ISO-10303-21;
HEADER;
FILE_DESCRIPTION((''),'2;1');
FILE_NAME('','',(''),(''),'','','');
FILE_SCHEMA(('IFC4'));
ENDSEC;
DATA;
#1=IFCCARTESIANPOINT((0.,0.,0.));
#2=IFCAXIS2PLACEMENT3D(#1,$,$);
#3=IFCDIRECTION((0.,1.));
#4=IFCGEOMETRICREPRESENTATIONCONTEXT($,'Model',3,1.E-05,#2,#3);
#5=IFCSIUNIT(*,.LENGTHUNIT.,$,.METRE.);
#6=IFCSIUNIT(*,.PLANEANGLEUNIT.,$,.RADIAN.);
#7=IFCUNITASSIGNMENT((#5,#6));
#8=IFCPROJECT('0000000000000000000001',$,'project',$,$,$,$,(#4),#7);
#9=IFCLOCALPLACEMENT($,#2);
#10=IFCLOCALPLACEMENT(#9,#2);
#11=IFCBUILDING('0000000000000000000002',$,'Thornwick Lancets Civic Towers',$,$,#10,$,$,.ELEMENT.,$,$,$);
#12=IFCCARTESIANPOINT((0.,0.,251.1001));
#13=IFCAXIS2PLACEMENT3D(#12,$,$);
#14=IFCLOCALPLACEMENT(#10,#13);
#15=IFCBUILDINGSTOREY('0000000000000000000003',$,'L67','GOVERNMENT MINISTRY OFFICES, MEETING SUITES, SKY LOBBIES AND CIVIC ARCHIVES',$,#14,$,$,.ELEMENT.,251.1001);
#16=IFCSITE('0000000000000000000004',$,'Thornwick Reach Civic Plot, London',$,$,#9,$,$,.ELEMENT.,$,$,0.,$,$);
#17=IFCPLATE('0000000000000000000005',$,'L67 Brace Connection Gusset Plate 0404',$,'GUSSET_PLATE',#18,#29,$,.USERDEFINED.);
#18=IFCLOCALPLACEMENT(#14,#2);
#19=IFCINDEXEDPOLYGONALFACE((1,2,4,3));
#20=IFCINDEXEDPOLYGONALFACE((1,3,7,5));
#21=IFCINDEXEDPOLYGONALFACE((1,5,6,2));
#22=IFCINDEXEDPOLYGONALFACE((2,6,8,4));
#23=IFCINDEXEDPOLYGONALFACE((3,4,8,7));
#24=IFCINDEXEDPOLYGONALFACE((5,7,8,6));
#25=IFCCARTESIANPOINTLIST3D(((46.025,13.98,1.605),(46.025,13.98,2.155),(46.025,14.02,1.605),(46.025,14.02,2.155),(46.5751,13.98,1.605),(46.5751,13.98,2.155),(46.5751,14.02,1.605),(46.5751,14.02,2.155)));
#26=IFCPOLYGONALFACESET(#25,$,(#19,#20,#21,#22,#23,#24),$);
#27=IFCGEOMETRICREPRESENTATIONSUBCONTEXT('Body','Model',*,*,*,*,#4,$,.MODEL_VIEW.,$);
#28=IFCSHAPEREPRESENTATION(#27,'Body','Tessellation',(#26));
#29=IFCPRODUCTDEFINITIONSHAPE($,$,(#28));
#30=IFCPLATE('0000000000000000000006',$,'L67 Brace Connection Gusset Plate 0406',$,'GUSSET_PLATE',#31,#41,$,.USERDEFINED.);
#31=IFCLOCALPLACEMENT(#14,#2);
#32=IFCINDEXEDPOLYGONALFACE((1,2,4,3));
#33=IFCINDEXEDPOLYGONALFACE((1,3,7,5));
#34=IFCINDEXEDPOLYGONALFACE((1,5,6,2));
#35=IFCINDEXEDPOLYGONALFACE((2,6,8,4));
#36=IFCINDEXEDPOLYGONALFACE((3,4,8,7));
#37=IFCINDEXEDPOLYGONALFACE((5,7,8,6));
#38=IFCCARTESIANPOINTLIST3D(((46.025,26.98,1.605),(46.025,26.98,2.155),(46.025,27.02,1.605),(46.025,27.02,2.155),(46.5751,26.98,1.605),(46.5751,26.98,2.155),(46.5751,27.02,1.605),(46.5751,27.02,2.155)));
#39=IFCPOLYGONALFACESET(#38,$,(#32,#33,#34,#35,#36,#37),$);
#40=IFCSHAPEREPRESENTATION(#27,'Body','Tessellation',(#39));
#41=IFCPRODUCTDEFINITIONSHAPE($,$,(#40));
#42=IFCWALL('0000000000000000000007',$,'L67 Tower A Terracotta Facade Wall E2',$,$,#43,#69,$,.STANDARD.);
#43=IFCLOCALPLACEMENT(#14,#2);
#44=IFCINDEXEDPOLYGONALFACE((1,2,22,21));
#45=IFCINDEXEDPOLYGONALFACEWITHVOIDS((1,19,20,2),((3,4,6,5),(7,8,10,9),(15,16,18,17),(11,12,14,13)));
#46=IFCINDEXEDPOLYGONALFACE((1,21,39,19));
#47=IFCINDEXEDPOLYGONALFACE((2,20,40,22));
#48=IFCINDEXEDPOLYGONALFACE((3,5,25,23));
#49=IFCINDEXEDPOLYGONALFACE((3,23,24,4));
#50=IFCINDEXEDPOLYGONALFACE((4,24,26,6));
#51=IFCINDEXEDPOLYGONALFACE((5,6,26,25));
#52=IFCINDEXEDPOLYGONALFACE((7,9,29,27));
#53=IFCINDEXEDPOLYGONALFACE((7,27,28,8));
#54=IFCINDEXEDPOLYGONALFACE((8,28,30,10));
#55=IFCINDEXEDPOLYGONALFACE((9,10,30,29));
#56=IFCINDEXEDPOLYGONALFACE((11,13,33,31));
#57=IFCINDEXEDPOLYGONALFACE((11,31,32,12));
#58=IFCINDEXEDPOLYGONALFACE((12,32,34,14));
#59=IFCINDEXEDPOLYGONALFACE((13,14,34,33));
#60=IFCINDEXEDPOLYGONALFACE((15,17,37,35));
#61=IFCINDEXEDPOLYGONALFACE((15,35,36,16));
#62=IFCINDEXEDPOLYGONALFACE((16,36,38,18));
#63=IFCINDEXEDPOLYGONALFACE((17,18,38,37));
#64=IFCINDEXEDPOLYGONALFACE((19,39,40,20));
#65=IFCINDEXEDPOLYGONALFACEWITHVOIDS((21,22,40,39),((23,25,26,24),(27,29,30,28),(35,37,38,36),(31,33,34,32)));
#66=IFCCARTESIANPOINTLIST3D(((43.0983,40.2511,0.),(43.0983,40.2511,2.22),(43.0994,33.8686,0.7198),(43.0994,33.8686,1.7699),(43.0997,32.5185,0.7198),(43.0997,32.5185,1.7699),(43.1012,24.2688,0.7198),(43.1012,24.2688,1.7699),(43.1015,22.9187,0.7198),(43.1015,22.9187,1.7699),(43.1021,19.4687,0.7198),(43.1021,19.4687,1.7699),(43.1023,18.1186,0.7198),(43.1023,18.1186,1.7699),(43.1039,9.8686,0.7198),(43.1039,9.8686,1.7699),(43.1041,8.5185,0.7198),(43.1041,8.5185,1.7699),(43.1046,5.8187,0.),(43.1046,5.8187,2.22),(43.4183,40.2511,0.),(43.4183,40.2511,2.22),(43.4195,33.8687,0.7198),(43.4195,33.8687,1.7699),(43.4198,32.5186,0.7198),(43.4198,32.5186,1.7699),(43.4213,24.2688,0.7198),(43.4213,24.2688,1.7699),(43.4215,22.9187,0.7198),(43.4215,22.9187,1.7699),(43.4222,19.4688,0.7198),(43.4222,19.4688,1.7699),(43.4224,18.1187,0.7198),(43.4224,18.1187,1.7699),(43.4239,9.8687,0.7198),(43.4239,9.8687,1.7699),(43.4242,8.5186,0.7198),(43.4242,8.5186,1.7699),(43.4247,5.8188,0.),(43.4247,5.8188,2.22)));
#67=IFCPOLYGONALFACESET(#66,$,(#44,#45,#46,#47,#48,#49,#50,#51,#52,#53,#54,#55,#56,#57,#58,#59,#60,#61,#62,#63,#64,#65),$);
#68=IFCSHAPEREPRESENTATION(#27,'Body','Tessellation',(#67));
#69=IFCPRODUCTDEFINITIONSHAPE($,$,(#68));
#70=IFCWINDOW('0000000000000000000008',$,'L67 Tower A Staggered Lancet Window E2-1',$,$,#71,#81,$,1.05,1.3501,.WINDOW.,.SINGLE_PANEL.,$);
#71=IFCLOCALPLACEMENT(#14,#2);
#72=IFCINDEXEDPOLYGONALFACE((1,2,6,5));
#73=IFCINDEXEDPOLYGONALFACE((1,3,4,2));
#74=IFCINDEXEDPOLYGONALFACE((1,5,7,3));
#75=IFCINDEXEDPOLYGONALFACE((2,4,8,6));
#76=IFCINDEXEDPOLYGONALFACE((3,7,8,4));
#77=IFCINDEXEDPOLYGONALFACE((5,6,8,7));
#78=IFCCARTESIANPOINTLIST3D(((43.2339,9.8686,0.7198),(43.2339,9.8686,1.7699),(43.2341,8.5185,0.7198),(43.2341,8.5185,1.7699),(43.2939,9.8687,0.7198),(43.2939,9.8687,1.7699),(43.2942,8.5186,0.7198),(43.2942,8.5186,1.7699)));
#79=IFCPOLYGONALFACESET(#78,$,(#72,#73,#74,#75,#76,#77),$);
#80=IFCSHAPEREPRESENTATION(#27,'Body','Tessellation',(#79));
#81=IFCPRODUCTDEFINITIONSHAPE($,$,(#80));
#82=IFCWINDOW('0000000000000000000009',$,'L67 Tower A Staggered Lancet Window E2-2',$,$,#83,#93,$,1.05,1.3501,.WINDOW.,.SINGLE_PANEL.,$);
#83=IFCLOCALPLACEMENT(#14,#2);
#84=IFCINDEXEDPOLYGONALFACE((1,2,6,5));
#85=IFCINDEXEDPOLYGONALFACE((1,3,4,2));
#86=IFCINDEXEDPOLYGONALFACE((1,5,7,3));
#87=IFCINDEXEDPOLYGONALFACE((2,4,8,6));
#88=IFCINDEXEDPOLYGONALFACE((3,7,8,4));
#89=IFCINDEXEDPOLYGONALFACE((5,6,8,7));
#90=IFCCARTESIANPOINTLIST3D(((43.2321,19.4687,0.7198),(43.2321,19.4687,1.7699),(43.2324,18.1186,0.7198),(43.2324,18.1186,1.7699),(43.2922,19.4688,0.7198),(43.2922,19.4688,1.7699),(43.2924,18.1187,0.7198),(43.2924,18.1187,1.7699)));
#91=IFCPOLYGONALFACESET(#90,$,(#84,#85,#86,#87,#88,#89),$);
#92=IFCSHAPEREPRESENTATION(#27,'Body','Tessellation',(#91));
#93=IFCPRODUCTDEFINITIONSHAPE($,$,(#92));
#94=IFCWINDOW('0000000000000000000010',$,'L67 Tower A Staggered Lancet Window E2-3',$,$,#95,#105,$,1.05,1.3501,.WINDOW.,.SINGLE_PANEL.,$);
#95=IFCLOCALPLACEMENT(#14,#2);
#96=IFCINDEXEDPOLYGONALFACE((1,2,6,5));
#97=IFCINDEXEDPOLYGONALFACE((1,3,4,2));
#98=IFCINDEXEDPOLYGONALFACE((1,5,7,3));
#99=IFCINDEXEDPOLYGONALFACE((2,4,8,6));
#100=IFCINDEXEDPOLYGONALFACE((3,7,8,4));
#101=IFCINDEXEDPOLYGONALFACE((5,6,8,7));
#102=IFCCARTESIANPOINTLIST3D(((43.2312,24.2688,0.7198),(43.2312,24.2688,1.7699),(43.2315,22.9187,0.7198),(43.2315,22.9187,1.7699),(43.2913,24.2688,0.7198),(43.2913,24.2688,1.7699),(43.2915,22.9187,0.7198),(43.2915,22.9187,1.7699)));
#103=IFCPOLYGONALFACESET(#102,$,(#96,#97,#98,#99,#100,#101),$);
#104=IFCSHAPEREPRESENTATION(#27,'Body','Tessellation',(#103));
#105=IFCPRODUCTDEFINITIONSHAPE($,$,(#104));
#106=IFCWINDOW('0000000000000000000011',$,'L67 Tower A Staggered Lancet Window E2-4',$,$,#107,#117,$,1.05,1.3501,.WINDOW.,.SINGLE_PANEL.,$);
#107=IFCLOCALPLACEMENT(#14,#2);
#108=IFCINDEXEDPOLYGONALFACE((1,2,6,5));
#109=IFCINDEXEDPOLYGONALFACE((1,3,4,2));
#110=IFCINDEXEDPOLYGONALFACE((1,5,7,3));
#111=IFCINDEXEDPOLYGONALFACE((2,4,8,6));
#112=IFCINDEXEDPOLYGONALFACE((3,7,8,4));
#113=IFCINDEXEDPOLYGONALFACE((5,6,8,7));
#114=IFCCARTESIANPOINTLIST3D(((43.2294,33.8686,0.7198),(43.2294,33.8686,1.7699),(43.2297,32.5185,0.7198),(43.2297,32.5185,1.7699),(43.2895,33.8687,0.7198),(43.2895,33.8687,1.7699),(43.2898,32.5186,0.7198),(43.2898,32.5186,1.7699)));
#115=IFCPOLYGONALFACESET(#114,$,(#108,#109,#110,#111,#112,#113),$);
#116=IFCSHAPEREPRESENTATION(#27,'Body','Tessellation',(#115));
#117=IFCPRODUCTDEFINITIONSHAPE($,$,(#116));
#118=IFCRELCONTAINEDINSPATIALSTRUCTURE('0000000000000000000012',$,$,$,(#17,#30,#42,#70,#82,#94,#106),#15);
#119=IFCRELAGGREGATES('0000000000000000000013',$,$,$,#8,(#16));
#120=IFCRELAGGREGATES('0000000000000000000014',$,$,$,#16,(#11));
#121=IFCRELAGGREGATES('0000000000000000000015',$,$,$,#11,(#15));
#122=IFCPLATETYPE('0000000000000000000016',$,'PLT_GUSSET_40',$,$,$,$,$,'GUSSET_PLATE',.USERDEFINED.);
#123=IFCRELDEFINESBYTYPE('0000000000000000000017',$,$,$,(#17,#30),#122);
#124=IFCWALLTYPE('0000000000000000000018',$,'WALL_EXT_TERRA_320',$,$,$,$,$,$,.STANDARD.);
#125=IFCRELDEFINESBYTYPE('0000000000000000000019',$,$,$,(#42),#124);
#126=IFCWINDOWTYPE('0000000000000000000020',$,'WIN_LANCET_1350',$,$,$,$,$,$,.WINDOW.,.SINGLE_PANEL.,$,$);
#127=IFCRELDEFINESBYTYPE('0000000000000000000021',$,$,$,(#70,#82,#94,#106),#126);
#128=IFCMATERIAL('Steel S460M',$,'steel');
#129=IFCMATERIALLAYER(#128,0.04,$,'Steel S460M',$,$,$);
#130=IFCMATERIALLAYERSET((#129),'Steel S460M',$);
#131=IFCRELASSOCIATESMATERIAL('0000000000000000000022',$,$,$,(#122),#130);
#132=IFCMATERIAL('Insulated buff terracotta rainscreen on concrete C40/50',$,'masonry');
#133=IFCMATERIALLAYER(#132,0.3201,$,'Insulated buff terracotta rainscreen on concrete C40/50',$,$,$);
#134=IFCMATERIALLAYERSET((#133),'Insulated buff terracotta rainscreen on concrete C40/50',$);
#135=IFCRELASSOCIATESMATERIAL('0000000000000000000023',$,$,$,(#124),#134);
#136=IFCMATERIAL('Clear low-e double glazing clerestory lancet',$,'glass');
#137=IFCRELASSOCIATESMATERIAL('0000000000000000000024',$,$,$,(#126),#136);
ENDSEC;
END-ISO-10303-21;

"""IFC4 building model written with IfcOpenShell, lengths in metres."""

from ifc_helpers import new_model, si_unit, direction, frame, frame_2d, origin, origin_2d, place, context, subcontext, project, spatial, rectangle, extrude, material, layer, layer_set, type_object, element, fill, save


model = new_model("IFC4")

# Units and contexts
model_context = context("Model", 3, precision=1e-05, world=origin(), true_north=direction((0.0, 1.0)))
body_context = subcontext(model_context, "Body", "Model", "MODEL_VIEW")
ifc_project = project(units=[si_unit("LENGTHUNIT", "METRE"), si_unit("PLANEANGLEUNIT", "RADIAN")], contexts=[model_context])

# Site, building, storey
site_placement = place(None, origin())
site = spatial("IfcSite", under=ifc_project, at=site_placement, Name="Thornwick Reach Civic Plot, London", CompositionType="ELEMENT", RefElevation=0.0)
building_placement = place(site_placement, origin())
building = spatial("IfcBuilding", under=site, at=building_placement, Name="Thornwick Lancets Civic Towers", CompositionType="ELEMENT")
storey_placement = place(building_placement, frame((0.0, 0.0, 251.1001)))
storey = spatial("IfcBuildingStorey", under=building, at=storey_placement, Name="L67", Description="GOVERNMENT MINISTRY OFFICES, MEETING SUITES, SKY LOBBIES AND CIVIC ARCHIVES", CompositionType="ELEMENT", Elevation=251.1001)

# Plates
ifc_material_1 = material(Name="Steel S460M", Category="steel")
ifc_layer_1 = layer(ifc_material_1, 0.04, Name="Steel S460M")
ifc_layer_set_1 = layer_set([ifc_layer_1], Name="Steel S460M")
plate_type_1 = type_object("IfcPlateType", Name="PLT_GUSSET_40", ElementType="GUSSET_PLATE", PredefinedType="USERDEFINED", material=ifc_layer_set_1)
for number, where, z_axis, x_axis, name in (
    (1, (46.3, 14.0, 1.605), (0.0, 0.0, 1.0), (1.0, 0.0, 0.0), "L67 Brace Connection Gusset Plate 0404"),
    (2, (46.3, 27.0, 1.605), (0.0, 0.0, 1.0), (1.0, 0.0, 0.0), "L67 Brace Connection Gusset Plate 0406"),
):
    element("IfcPlate", number, at=place(storey_placement, frame(where, z_axis=z_axis, x_axis=x_axis)), inside=storey, type_object=plate_type_1, Name=name, ObjectType="GUSSET_PLATE", PredefinedType="USERDEFINED", context=body_context, shape_type="SweptSolid", body=[
        extrude(rectangle(XDim=0.55, YDim=0.04, at=origin_2d()), origin(), (0.0, 0.0, 1.0), 0.55),
    ])

# Wall, openings, windows
ifc_material_2 = material(Name="Insulated buff terracotta rainscreen on concrete C40/50", Category="masonry")
ifc_layer_2 = layer(ifc_material_2, 0.3201, Name="Insulated buff terracotta rainscreen on concrete C40/50")
ifc_layer_set_2 = layer_set([ifc_layer_2], Name="Insulated buff terracotta rainscreen on concrete C40/50")
wall_type_1 = type_object("IfcWallType", Name="WALL_EXT_TERRA_320", PredefinedType="STANDARD", material=ifc_layer_set_2)
wall_1_placement = place(storey_placement, frame((43.2646, 5.8186, 0.0), z_axis=(0.0, 0.0, 1.0), x_axis=(-0.000184, 1.0, 0.0)))
wall_1 = element("IfcWall", 3, at=wall_1_placement, inside=storey, type_object=wall_type_1, Name="L67 Tower A Terracotta Facade Wall E2", PredefinedType="STANDARD", context=body_context, shape_type="SweptSolid", body=[
    extrude(rectangle(XDim=34.4324, YDim=0.3201, at=frame_2d((17.2163, 0.0))), origin(), (0.0, 0.0, 1.0), 2.22),
])
opening_1_placement = place(wall_1_placement, frame((2.7, 0.0, 0.72)))
opening_1 = element("IfcOpeningElement", 4, at=opening_1_placement, cuts=wall_1, PredefinedType="OPENING", context=body_context, shape_type="SweptSolid", body=[
    extrude(rectangle(XDim=1.3501, YDim=1.05, at=frame_2d((0.675, 0.5249))), frame((0.0, 0.1699, 0.0), z_axis=(0.0, -1.0, 0.0), x_axis=(1.0, 0.0, 0.0)), (0.0, 0.0, 1.0), 0.3401),
])
opening_2_placement = place(wall_1_placement, frame((12.3, 0.0, 0.72)))
opening_2 = element("IfcOpeningElement", 5, at=opening_2_placement, cuts=wall_1, PredefinedType="OPENING", context=body_context, shape_type="SweptSolid", body=[
    extrude(rectangle(XDim=1.3501, YDim=1.05, at=frame_2d((0.675, 0.5249))), frame((0.0, 0.1699, 0.0), z_axis=(0.0, -1.0, 0.0), x_axis=(1.0, 0.0, 0.0)), (0.0, 0.0, 1.0), 0.3401),
])
opening_3_placement = place(wall_1_placement, frame((17.1001, 0.0, 0.72)))
opening_3 = element("IfcOpeningElement", 6, at=opening_3_placement, cuts=wall_1, PredefinedType="OPENING", context=body_context, shape_type="SweptSolid", body=[
    extrude(rectangle(XDim=1.3501, YDim=1.05, at=frame_2d((0.675, 0.5249))), frame((0.0, 0.1699, 0.0), z_axis=(0.0, -1.0, 0.0), x_axis=(1.0, 0.0, 0.0)), (0.0, 0.0, 1.0), 0.3401),
])
opening_4_placement = place(wall_1_placement, frame((26.7, 0.0, 0.72)))
opening_4 = element("IfcOpeningElement", 7, at=opening_4_placement, cuts=wall_1, PredefinedType="OPENING", context=body_context, shape_type="SweptSolid", body=[
    extrude(rectangle(XDim=1.3501, YDim=1.05, at=frame_2d((0.675, 0.5249))), frame((0.0, 0.1699, 0.0), z_axis=(0.0, -1.0, 0.0), x_axis=(1.0, 0.0, 0.0)), (0.0, 0.0, 1.0), 0.3401),
])
ifc_material_3 = material(Name="Clear low-e double glazing clerestory lancet", Category="glass")
window_type = type_object("IfcWindowType", Name="WIN_LANCET_1350", PartitioningType="SINGLE_PANEL", PredefinedType="WINDOW", material=ifc_material_3)
window_1_placement = place(opening_1_placement, origin())
window_1 = element("IfcWindow", 8, at=window_1_placement, inside=storey, type_object=window_type, Name="L67 Tower A Staggered Lancet Window E2-1", OverallHeight=1.05, OverallWidth=1.3501, PartitioningType="SINGLE_PANEL", PredefinedType="WINDOW", context=body_context, shape_type="SweptSolid", body=[
    extrude(rectangle(XDim=1.3501, YDim=1.05, at=frame_2d((0.675, 0.5249))), frame((0.0, 0.03, 0.0), z_axis=(0.0, -1.0, 0.0), x_axis=(1.0, 0.0, 0.0)), (0.0, 0.0, 1.0), 0.0601),
])
fill(opening_1, window_1)
window_2_placement = place(opening_2_placement, origin())
window_2 = element("IfcWindow", 9, at=window_2_placement, inside=storey, type_object=window_type, Name="L67 Tower A Staggered Lancet Window E2-2", OverallHeight=1.05, OverallWidth=1.3501, PartitioningType="SINGLE_PANEL", PredefinedType="WINDOW", context=body_context, shape_type="SweptSolid", body=[
    extrude(rectangle(XDim=1.3501, YDim=1.05, at=frame_2d((0.675, 0.5249))), frame((0.0, 0.03, 0.0), z_axis=(0.0, -1.0, 0.0), x_axis=(1.0, 0.0, 0.0)), (0.0, 0.0, 1.0), 0.0601),
])
fill(opening_2, window_2)
window_3_placement = place(opening_3_placement, origin())
window_3 = element("IfcWindow", 10, at=window_3_placement, inside=storey, type_object=window_type, Name="L67 Tower A Staggered Lancet Window E2-3", OverallHeight=1.05, OverallWidth=1.3501, PartitioningType="SINGLE_PANEL", PredefinedType="WINDOW", context=body_context, shape_type="SweptSolid", body=[
    extrude(rectangle(XDim=1.3501, YDim=1.05, at=frame_2d((0.675, 0.5249))), frame((0.0, 0.03, 0.0), z_axis=(0.0, -1.0, 0.0), x_axis=(1.0, 0.0, 0.0)), (0.0, 0.0, 1.0), 0.0601),
])
fill(opening_3, window_3)
window_4_placement = place(opening_4_placement, origin())
window_4 = element("IfcWindow", 11, at=window_4_placement, inside=storey, type_object=window_type, Name="L67 Tower A Staggered Lancet Window E2-4", OverallHeight=1.05, OverallWidth=1.3501, PartitioningType="SINGLE_PANEL", PredefinedType="WINDOW", context=body_context, shape_type="SweptSolid", body=[
    extrude(rectangle(XDim=1.3501, YDim=1.05, at=frame_2d((0.675, 0.5249))), frame((0.0, 0.03, 0.0), z_axis=(0.0, -1.0, 0.0), x_axis=(1.0, 0.0, 0.0)), (0.0, 0.0, 1.0), 0.0601),
])
fill(opening_4, window_4)

save(model, "model.ifc")
